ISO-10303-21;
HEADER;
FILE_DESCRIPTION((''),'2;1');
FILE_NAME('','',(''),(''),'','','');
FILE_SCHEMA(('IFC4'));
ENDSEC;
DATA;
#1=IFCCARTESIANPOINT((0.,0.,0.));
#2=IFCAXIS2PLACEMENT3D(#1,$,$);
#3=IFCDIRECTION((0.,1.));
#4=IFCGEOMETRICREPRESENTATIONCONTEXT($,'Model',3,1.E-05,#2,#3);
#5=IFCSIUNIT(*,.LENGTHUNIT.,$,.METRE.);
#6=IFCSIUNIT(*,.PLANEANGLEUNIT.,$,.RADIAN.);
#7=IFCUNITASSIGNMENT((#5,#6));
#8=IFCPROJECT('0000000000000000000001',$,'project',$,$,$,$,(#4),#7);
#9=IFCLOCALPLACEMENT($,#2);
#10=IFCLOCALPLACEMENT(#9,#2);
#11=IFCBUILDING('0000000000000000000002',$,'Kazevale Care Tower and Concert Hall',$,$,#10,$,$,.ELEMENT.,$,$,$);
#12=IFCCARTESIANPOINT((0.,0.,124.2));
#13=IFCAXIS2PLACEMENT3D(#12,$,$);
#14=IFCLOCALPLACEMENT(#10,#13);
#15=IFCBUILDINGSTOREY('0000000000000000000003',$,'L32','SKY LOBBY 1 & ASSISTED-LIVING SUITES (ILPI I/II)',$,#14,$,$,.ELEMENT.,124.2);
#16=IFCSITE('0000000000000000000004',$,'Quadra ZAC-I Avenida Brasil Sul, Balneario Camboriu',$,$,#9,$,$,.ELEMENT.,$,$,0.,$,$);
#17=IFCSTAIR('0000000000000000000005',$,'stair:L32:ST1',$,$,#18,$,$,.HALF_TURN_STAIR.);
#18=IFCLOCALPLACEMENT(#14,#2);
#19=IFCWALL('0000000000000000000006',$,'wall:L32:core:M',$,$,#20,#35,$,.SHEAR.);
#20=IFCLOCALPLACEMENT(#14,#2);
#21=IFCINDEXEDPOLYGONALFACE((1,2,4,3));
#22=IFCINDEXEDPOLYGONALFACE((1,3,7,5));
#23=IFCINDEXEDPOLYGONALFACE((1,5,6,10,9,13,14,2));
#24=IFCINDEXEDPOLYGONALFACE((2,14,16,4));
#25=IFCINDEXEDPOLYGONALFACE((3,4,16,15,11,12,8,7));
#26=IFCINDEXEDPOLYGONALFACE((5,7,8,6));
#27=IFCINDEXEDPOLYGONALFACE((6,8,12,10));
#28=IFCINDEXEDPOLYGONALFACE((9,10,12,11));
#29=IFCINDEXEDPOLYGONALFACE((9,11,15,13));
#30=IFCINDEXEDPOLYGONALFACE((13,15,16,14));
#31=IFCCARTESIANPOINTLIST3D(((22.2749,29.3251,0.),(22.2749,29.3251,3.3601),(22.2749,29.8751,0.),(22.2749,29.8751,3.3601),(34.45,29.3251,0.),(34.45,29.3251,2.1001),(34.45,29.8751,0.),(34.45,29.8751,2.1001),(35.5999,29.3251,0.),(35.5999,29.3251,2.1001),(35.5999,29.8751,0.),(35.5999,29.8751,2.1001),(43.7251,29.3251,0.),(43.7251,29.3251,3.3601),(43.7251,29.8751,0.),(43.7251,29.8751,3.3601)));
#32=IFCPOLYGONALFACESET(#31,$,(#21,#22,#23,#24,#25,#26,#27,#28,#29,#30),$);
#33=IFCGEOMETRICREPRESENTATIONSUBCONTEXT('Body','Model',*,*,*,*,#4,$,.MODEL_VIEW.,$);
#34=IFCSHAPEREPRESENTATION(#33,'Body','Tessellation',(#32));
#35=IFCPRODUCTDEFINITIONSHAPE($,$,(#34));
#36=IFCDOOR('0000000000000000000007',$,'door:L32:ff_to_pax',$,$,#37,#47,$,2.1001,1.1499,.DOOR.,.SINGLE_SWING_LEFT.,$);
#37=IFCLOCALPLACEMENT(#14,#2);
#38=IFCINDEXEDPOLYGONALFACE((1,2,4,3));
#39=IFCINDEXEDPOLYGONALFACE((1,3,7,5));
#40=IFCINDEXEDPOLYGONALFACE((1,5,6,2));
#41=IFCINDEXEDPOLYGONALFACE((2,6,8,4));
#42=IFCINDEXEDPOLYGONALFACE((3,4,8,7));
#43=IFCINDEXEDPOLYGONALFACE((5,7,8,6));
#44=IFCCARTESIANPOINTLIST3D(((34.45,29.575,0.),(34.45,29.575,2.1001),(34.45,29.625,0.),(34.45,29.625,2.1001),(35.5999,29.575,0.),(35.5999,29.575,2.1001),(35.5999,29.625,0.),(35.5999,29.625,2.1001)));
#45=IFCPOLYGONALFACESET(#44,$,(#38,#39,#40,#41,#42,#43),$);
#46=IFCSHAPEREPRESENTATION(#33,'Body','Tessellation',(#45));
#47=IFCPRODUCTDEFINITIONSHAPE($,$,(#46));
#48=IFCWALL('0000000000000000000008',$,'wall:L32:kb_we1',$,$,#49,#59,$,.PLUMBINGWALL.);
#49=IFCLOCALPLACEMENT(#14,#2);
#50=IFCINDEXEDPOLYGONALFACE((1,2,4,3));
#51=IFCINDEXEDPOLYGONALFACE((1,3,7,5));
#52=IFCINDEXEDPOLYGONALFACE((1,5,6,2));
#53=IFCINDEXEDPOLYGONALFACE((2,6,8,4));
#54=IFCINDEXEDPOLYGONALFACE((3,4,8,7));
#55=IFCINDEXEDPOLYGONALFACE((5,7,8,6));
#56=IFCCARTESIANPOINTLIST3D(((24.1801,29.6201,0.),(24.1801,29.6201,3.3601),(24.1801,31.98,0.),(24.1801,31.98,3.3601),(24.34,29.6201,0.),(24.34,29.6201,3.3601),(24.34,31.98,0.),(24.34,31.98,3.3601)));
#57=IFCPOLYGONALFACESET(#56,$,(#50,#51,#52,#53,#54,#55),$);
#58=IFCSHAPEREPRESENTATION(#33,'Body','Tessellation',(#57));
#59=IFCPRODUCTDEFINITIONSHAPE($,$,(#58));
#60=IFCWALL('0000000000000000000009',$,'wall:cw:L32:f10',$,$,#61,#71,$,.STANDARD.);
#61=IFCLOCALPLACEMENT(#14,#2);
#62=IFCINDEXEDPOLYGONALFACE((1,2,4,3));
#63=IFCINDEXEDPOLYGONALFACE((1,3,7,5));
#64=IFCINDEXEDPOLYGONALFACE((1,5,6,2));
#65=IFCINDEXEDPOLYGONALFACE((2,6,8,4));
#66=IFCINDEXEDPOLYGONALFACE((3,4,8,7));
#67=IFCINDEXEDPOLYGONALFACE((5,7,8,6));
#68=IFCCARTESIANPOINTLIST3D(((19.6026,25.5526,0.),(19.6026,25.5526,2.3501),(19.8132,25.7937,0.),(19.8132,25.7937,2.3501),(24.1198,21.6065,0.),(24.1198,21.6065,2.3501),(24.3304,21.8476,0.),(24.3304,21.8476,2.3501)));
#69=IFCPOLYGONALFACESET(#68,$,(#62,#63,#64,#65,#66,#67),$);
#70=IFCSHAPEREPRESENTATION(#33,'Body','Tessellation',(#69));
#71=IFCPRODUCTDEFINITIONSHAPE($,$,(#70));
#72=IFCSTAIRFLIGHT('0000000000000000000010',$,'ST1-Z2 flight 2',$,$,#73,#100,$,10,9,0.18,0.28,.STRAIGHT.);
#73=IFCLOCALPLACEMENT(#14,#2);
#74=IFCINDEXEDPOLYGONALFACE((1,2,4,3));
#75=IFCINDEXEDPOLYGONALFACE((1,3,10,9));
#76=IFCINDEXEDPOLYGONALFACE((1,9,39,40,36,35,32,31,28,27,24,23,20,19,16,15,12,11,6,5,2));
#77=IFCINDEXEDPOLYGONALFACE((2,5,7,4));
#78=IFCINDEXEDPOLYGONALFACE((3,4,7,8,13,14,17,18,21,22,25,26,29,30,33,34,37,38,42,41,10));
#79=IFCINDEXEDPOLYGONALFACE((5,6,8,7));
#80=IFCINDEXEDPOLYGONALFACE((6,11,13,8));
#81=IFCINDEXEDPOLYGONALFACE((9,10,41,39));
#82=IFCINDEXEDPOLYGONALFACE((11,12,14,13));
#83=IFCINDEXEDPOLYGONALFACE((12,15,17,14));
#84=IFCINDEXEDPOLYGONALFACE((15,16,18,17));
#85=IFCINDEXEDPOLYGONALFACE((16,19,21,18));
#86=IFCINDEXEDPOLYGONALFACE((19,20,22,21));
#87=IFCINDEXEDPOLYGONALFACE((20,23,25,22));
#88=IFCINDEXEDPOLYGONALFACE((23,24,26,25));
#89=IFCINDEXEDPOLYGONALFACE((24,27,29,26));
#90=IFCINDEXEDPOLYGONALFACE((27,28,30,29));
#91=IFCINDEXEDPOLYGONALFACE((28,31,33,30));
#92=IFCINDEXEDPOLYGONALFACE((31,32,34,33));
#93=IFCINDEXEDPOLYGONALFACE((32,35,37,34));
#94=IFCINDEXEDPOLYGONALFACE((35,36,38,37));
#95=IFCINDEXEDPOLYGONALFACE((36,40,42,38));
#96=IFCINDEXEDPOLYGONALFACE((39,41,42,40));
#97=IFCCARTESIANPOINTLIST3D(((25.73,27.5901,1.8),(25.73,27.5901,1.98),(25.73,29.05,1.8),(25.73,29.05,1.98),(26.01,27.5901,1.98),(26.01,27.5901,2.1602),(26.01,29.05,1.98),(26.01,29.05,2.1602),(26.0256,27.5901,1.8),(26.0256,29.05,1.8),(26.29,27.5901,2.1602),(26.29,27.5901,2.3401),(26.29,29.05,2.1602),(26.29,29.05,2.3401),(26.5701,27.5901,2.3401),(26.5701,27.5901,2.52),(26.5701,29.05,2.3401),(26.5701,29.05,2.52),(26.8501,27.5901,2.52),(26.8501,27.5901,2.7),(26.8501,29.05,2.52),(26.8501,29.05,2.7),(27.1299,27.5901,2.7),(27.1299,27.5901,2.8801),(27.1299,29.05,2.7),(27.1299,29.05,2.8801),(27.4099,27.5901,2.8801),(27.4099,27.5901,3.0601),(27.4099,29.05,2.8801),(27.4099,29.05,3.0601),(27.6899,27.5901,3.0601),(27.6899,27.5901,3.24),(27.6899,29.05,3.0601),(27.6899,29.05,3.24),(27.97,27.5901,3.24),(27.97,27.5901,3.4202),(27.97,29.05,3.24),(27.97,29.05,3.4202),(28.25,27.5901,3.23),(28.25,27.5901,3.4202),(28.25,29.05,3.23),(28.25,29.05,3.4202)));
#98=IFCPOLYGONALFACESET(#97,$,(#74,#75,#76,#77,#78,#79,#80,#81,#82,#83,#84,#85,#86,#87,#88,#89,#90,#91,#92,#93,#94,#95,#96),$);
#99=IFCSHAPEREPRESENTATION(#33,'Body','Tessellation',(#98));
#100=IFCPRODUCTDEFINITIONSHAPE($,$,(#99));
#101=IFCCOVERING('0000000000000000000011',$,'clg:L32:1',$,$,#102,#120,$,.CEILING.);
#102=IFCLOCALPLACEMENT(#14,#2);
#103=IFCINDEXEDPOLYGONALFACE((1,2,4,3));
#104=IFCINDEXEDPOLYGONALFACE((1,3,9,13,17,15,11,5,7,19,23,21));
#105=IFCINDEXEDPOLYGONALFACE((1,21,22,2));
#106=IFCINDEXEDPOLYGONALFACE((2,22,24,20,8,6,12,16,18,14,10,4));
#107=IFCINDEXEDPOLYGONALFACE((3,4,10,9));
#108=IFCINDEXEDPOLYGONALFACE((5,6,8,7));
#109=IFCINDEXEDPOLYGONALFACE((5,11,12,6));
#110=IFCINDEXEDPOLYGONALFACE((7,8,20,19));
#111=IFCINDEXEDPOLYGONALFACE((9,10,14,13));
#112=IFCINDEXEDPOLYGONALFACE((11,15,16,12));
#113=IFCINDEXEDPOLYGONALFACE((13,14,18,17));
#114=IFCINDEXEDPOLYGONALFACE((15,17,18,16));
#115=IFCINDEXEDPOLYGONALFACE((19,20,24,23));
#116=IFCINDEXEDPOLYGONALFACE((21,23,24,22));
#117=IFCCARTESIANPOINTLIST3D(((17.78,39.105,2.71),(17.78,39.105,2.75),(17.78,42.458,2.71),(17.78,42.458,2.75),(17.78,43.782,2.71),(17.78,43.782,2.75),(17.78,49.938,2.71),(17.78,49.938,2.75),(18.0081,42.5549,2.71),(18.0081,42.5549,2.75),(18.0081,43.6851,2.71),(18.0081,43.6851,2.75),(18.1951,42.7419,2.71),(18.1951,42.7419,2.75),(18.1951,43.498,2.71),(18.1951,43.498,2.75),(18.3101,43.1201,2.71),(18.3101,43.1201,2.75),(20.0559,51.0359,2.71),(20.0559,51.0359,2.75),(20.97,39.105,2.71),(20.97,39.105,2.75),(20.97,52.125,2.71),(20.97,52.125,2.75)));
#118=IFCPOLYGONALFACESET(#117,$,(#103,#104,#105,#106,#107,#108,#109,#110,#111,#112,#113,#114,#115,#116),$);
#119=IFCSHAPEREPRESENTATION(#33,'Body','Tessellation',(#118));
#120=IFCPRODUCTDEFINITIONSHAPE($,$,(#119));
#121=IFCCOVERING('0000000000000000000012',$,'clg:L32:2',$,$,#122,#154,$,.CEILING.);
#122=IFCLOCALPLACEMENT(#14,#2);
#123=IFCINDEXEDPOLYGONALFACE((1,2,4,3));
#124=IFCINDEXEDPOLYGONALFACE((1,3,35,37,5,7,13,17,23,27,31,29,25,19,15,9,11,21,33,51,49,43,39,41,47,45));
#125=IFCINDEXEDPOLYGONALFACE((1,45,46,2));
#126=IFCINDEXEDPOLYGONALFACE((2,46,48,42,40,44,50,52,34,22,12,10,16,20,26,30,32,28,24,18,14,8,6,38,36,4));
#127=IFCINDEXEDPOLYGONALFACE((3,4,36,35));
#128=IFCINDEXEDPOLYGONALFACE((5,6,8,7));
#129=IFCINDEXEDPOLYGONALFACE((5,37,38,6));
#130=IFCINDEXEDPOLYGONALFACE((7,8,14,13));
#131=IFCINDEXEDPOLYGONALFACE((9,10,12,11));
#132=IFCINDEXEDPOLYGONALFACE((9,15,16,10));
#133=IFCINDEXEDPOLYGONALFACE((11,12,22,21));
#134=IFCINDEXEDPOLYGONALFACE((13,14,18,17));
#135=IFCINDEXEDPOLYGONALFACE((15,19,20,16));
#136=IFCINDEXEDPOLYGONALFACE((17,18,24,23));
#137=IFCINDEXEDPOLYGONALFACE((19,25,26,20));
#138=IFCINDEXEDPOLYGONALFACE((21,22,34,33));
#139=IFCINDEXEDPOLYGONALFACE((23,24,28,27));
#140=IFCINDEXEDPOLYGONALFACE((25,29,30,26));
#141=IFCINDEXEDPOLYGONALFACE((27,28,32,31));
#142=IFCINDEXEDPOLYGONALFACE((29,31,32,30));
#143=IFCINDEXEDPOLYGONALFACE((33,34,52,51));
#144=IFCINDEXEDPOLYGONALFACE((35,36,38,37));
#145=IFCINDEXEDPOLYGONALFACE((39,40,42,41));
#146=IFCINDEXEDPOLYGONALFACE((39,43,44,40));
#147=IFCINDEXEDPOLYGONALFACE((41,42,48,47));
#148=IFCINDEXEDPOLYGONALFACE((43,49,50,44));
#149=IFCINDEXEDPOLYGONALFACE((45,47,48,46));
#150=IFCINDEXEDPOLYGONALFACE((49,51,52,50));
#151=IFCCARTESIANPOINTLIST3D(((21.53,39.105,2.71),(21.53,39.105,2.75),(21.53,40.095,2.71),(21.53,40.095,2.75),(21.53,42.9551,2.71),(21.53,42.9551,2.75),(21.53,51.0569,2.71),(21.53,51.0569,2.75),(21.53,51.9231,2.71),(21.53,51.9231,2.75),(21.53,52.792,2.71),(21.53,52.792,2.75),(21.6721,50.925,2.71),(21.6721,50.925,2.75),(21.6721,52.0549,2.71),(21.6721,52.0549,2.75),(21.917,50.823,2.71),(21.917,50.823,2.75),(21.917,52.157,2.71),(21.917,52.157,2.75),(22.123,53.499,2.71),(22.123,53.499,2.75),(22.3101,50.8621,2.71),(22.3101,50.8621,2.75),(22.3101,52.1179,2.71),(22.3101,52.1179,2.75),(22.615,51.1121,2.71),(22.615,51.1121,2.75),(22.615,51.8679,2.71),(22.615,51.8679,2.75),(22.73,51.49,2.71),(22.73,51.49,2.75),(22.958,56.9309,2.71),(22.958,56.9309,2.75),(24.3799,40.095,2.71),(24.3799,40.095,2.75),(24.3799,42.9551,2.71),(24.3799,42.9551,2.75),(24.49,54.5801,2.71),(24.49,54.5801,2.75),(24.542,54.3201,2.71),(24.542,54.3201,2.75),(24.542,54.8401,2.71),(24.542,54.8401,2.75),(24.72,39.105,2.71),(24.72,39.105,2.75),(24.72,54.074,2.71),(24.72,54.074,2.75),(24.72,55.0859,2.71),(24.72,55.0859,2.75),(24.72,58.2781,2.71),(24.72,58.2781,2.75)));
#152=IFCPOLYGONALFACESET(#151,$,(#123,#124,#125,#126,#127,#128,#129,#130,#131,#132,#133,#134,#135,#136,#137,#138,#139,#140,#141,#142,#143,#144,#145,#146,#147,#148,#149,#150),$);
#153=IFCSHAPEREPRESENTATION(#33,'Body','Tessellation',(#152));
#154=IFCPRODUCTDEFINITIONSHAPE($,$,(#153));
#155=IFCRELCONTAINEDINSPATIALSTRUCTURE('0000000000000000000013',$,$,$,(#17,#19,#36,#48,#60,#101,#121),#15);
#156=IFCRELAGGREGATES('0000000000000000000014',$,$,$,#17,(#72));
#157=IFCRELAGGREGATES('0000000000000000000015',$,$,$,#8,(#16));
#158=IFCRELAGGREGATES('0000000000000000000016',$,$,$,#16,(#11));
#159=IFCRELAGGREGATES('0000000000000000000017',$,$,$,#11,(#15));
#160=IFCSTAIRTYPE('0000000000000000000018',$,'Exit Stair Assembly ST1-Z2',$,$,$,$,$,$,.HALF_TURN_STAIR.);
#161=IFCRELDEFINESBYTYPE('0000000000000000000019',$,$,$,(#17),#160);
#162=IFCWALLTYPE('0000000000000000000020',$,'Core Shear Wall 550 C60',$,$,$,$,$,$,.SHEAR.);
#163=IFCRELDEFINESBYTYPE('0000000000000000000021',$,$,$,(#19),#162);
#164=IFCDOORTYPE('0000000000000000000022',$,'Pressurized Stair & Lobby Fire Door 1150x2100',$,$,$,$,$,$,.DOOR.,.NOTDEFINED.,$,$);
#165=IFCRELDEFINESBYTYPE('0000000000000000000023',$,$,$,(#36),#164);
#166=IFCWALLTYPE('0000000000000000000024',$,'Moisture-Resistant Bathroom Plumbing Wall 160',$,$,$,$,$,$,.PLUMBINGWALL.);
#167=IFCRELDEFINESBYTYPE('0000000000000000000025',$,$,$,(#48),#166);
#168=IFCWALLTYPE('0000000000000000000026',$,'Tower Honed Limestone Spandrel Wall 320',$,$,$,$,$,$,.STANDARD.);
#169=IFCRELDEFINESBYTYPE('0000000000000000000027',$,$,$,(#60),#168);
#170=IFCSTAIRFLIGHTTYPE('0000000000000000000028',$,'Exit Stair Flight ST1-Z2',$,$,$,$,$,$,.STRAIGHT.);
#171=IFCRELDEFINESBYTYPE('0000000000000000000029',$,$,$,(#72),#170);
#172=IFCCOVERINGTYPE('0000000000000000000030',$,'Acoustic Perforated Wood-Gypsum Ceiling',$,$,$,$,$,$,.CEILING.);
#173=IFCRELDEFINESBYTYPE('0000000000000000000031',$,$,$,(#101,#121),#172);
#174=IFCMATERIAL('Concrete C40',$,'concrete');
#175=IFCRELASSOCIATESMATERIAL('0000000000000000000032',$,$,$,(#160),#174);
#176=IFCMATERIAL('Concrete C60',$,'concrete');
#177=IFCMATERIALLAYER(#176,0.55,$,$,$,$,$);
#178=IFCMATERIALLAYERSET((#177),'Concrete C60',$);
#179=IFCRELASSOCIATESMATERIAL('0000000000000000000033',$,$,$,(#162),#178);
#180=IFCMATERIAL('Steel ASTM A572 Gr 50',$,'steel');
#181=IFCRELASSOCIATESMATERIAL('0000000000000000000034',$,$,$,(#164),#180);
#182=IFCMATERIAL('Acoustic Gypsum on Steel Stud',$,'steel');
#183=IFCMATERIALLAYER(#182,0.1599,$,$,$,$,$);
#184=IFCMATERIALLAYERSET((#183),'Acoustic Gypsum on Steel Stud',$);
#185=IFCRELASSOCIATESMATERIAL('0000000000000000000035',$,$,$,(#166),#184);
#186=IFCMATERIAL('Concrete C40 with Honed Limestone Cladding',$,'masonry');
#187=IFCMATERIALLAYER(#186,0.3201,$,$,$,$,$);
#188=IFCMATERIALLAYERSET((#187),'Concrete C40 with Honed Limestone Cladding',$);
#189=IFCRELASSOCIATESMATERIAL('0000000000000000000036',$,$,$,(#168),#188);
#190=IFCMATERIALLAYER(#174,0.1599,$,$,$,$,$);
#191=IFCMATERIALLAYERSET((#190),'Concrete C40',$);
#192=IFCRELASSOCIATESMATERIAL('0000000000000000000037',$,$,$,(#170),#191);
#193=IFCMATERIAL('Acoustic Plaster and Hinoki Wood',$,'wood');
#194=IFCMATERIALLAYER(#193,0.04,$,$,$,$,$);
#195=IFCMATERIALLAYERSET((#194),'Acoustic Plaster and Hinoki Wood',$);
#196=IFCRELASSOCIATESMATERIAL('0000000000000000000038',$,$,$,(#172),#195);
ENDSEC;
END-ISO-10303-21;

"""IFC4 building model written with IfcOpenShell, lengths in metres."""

from ifc_helpers import new_model, si_unit, direction, frame, frame_2d, origin, place, context, subcontext, project, spatial, polyline, rectangle, outline, extrude, material, layer, layer_set, type_object, element, fill, aggregate, save


model = new_model("IFC4")

# Units and contexts
model_context = context("Model", 3, precision=1e-05, world=origin(), true_north=direction((0.0, 1.0)))
body_context = subcontext(model_context, "Body", "Model", "MODEL_VIEW")
ifc_project = project(units=[si_unit("LENGTHUNIT", "METRE"), si_unit("PLANEANGLEUNIT", "RADIAN")], contexts=[model_context])

# Site, building, storey
site_placement = place(None, origin())
site = spatial("IfcSite", under=ifc_project, at=site_placement, Name="Quadra ZAC-I Avenida Brasil Sul, Balneario Camboriu", CompositionType="ELEMENT", RefElevation=0.0)
building_placement = place(site_placement, origin())
building = spatial("IfcBuilding", under=site, at=building_placement, Name="Kazevale Care Tower and Concert Hall", CompositionType="ELEMENT")
storey_placement = place(building_placement, frame((0.0, 0.0, 124.2)))
storey = spatial("IfcBuildingStorey", under=building, at=storey_placement, Name="L32", Description="SKY LOBBY 1 & ASSISTED-LIVING SUITES (ILPI I/II)", CompositionType="ELEMENT", Elevation=124.2)

# Shared definitions
ifc_material_1 = material(Name="Concrete C60", Category="concrete")

# Shared definitions
ifc_material_2 = material(Name="Steel ASTM A572 Gr 50", Category="steel")

# Shared definitions
ifc_material_3 = material(Name="Concrete C40", Category="concrete")

# Stair
stair_type = type_object("IfcStairType", Name="Exit Stair Assembly ST1-Z2", PredefinedType="HALF_TURN_STAIR", material=ifc_material_3)
stair_1_placement = place(storey_placement, origin())
stair_1 = element("IfcStair", 1, at=stair_1_placement, inside=storey, type_object=stair_type, Name="stair:L32:ST1", PredefinedType="HALF_TURN_STAIR")

# Shared definitions
ifc_layer_1 = layer(ifc_material_1, 0.55)
ifc_layer_set_1 = layer_set([ifc_layer_1], Name="Concrete C60")
wall_type_1 = type_object("IfcWallType", Name="Core Shear Wall 550 C60", PredefinedType="SHEAR", material=ifc_layer_set_1)

# Wall, opening, door
wall_1_placement = place(storey_placement, frame((22.2749, 29.6001, 0.0), z_axis=(0.0, 0.0, 1.0), x_axis=(1.0, 0.0, 0.0)))
wall_1 = element("IfcWall", 2, at=wall_1_placement, inside=storey, type_object=wall_type_1, Name="wall:L32:core:M", PredefinedType="SHEAR", context=body_context, shape_type="SweptSolid", body=[
    extrude(rectangle(XDim=21.4502, YDim=0.55, at=frame_2d((10.7251, 0.0))), origin(), (0.0, 0.0, 1.0), 3.3601),
])
opening_placement = place(wall_1_placement, frame((12.175, 0.0, 0.0)))
opening = element("IfcOpeningElement", 3, at=opening_placement, cuts=wall_1, PredefinedType="OPENING", context=body_context, shape_type="SweptSolid", body=[
    extrude(rectangle(XDim=1.1499, YDim=2.1001, at=frame_2d((0.575, 1.05))), frame((0.0, 0.2849, 0.0), z_axis=(0.0, -1.0, 0.0), x_axis=(1.0, 0.0, 0.0)), (0.0, 0.0, 1.0), 0.5701),
])
door_type = type_object("IfcDoorType", Name="Pressurized Stair & Lobby Fire Door 1150x2100", OperationType="NOTDEFINED", PredefinedType="DOOR", material=ifc_material_2)
door_placement = place(opening_placement, origin())
door = element("IfcDoor", 4, at=door_placement, inside=storey, type_object=door_type, Name="door:L32:ff_to_pax", OperationType="SINGLE_SWING_LEFT", OverallHeight=2.1001, OverallWidth=1.1499, PredefinedType="DOOR", context=body_context, shape_type="SweptSolid", body=[
    extrude(rectangle(XDim=1.1499, YDim=2.1001, at=frame_2d((0.575, 1.05))), frame((0.0, 0.0249, 0.0), z_axis=(0.0, -1.0, 0.0), x_axis=(1.0, 0.0, 0.0)), (0.0, 0.0, 1.0), 0.05),
])
fill(opening, door)

# Walls
ifc_material_4 = material(Name="Acoustic Gypsum on Steel Stud", Category="steel")
ifc_layer_2 = layer(ifc_material_4, 0.1599)
ifc_layer_set_2 = layer_set([ifc_layer_2], Name="Acoustic Gypsum on Steel Stud")
wall_type_2 = type_object("IfcWallType", Name="Moisture-Resistant Bathroom Plumbing Wall 160", PredefinedType="PLUMBINGWALL", material=ifc_layer_set_2)
wall_2_placement = place(storey_placement, frame((24.26, 29.6201, 0.0), z_axis=(0.0, 0.0, 1.0), x_axis=(0.0, 1.0, 0.0)))
element("IfcWall", 5, at=wall_2_placement, inside=storey, type_object=wall_type_2, Name="wall:L32:kb_we1", PredefinedType="PLUMBINGWALL", context=body_context, shape_type="SweptSolid", body=[
    extrude(rectangle(XDim=2.3599, YDim=0.1599, at=frame_2d((1.1799, 0.0))), origin(), (0.0, 0.0, 1.0), 3.3601),
])
ifc_material_5 = material(Name="Concrete C40 with Honed Limestone Cladding", Category="masonry")
ifc_layer_3 = layer(ifc_material_5, 0.3201)
ifc_layer_set_3 = layer_set([ifc_layer_3], Name="Concrete C40 with Honed Limestone Cladding")
wall_type_3 = type_object("IfcWallType", Name="Tower Honed Limestone Spandrel Wall 320", PredefinedType="STANDARD", material=ifc_layer_set_3)
wall_3_placement = place(storey_placement, frame((24.2251, 21.7271, 0.0), z_axis=(0.0, 0.0, 1.0), x_axis=(-0.753106, 0.657899, 0.0)))
element("IfcWall", 6, at=wall_3_placement, inside=storey, type_object=wall_type_3, Name="wall:cw:L32:f10", PredefinedType="STANDARD", context=body_context, shape_type="SweptSolid", body=[
    extrude(rectangle(XDim=5.998, YDim=0.3201, at=frame_2d((2.999, 0.0))), origin(), (0.0, 0.0, 1.0), 2.3501),
])

# Stair flight
ifc_layer_4 = layer(ifc_material_3, 0.1599)
ifc_layer_set_4 = layer_set([ifc_layer_4], Name="Concrete C40")
stair_flight_type = type_object("IfcStairFlightType", Name="Exit Stair Flight ST1-Z2", PredefinedType="STRAIGHT", material=ifc_layer_set_4)
stair_flight_placement = place(storey_placement, frame((25.73, 28.3201, 1.8), z_axis=(0.0, 0.0, 1.0), x_axis=(1.0, 0.0, 0.0)))
stair_flight = element("IfcStairFlight", 7, at=stair_flight_placement, type_object=stair_flight_type, Name="ST1-Z2 flight 2", NumberOfRisers=10, NumberOfTreads=9, PredefinedType="STRAIGHT", RiserHeight=0.18, TreadLength=0.28, context=body_context, shape_type="SweptSolid", body=[
    extrude(outline(polyline([(0.0, 0.0), (0.0, 0.1799), (0.28, 0.1799), (0.28, 0.3601), (0.5601, 0.3601), (0.5601, 0.54), (0.8401, 0.54), (0.8401, 0.72), (1.1201, 0.72), (1.1201, 0.8999), (1.3999, 0.8999), (1.3999, 1.0801), (1.6799, 1.0801), (1.6799, 1.26), (1.96, 1.26), (1.96, 1.4399), (2.24, 1.4399), (2.24, 1.6201), (2.52, 1.6201), (2.52, 1.8), (2.52, 1.4299), (0.2957, 0.0), (0.0, 0.0)])), frame((0.0, 0.73, 0.0), z_axis=(0.0, -1.0, 0.0), x_axis=(1.0, 0.0, 0.0)), (0.0, 0.0, 1.0), 1.46),
])
aggregate(stair_1, [stair_flight])

# Coverings
ifc_material_6 = material(Name="Acoustic Plaster and Hinoki Wood", Category="wood")
ifc_layer_5 = layer(ifc_material_6, 0.04)
ifc_layer_set_5 = layer_set([ifc_layer_5], Name="Acoustic Plaster and Hinoki Wood")
covering_type = type_object("IfcCoveringType", Name="Acoustic Perforated Wood-Gypsum Ceiling", PredefinedType="CEILING", material=ifc_layer_set_5)
covering_1_placement = place(storey_placement, frame((0.0, 0.0, 2.71)))
element("IfcCovering", 8, at=covering_1_placement, inside=storey, type_object=covering_type, Name="clg:L32:1", PredefinedType="CEILING", context=body_context, shape_type="SweptSolid", body=[
    extrude(outline(polyline([(20.0559, 51.0359), (20.97, 52.125), (20.97, 39.105), (17.78, 39.105), (17.78, 42.458), (18.0081, 42.5549), (18.1951, 42.7419), (18.3101, 43.1201), (18.1951, 43.498), (18.0081, 43.6851), (17.78, 43.782), (17.78, 49.938), (20.0559, 51.0359)])), origin(), (0.0, 0.0, 1.0), 0.04),
])
covering_2_placement = place(storey_placement, frame((0.0, 0.0, 2.71)))
element("IfcCovering", 9, at=covering_2_placement, inside=storey, type_object=covering_type, Name="clg:L32:2", PredefinedType="CEILING", context=body_context, shape_type="SweptSolid", body=[
    extrude(outline(polyline([(24.3799, 42.9551), (21.53, 42.9551), (21.53, 51.0569), (21.6721, 50.925), (21.917, 50.823), (22.3101, 50.8621), (22.615, 51.1121), (22.73, 51.49), (22.615, 51.8679), (22.3101, 52.1179), (21.917, 52.157), (21.6721, 52.0549), (21.53, 51.9231), (21.53, 52.792), (22.123, 53.499), (22.958, 56.9309), (24.72, 58.2781), (24.72, 55.0859), (24.542, 54.8401), (24.49, 54.5801), (24.542, 54.3201), (24.72, 54.074), (24.72, 39.105), (21.53, 39.105), (21.53, 40.095), (24.3799, 40.095), (24.3799, 42.9551)])), origin(), (0.0, 0.0, 1.0), 0.04),
])

save(model, "model.ifc")
